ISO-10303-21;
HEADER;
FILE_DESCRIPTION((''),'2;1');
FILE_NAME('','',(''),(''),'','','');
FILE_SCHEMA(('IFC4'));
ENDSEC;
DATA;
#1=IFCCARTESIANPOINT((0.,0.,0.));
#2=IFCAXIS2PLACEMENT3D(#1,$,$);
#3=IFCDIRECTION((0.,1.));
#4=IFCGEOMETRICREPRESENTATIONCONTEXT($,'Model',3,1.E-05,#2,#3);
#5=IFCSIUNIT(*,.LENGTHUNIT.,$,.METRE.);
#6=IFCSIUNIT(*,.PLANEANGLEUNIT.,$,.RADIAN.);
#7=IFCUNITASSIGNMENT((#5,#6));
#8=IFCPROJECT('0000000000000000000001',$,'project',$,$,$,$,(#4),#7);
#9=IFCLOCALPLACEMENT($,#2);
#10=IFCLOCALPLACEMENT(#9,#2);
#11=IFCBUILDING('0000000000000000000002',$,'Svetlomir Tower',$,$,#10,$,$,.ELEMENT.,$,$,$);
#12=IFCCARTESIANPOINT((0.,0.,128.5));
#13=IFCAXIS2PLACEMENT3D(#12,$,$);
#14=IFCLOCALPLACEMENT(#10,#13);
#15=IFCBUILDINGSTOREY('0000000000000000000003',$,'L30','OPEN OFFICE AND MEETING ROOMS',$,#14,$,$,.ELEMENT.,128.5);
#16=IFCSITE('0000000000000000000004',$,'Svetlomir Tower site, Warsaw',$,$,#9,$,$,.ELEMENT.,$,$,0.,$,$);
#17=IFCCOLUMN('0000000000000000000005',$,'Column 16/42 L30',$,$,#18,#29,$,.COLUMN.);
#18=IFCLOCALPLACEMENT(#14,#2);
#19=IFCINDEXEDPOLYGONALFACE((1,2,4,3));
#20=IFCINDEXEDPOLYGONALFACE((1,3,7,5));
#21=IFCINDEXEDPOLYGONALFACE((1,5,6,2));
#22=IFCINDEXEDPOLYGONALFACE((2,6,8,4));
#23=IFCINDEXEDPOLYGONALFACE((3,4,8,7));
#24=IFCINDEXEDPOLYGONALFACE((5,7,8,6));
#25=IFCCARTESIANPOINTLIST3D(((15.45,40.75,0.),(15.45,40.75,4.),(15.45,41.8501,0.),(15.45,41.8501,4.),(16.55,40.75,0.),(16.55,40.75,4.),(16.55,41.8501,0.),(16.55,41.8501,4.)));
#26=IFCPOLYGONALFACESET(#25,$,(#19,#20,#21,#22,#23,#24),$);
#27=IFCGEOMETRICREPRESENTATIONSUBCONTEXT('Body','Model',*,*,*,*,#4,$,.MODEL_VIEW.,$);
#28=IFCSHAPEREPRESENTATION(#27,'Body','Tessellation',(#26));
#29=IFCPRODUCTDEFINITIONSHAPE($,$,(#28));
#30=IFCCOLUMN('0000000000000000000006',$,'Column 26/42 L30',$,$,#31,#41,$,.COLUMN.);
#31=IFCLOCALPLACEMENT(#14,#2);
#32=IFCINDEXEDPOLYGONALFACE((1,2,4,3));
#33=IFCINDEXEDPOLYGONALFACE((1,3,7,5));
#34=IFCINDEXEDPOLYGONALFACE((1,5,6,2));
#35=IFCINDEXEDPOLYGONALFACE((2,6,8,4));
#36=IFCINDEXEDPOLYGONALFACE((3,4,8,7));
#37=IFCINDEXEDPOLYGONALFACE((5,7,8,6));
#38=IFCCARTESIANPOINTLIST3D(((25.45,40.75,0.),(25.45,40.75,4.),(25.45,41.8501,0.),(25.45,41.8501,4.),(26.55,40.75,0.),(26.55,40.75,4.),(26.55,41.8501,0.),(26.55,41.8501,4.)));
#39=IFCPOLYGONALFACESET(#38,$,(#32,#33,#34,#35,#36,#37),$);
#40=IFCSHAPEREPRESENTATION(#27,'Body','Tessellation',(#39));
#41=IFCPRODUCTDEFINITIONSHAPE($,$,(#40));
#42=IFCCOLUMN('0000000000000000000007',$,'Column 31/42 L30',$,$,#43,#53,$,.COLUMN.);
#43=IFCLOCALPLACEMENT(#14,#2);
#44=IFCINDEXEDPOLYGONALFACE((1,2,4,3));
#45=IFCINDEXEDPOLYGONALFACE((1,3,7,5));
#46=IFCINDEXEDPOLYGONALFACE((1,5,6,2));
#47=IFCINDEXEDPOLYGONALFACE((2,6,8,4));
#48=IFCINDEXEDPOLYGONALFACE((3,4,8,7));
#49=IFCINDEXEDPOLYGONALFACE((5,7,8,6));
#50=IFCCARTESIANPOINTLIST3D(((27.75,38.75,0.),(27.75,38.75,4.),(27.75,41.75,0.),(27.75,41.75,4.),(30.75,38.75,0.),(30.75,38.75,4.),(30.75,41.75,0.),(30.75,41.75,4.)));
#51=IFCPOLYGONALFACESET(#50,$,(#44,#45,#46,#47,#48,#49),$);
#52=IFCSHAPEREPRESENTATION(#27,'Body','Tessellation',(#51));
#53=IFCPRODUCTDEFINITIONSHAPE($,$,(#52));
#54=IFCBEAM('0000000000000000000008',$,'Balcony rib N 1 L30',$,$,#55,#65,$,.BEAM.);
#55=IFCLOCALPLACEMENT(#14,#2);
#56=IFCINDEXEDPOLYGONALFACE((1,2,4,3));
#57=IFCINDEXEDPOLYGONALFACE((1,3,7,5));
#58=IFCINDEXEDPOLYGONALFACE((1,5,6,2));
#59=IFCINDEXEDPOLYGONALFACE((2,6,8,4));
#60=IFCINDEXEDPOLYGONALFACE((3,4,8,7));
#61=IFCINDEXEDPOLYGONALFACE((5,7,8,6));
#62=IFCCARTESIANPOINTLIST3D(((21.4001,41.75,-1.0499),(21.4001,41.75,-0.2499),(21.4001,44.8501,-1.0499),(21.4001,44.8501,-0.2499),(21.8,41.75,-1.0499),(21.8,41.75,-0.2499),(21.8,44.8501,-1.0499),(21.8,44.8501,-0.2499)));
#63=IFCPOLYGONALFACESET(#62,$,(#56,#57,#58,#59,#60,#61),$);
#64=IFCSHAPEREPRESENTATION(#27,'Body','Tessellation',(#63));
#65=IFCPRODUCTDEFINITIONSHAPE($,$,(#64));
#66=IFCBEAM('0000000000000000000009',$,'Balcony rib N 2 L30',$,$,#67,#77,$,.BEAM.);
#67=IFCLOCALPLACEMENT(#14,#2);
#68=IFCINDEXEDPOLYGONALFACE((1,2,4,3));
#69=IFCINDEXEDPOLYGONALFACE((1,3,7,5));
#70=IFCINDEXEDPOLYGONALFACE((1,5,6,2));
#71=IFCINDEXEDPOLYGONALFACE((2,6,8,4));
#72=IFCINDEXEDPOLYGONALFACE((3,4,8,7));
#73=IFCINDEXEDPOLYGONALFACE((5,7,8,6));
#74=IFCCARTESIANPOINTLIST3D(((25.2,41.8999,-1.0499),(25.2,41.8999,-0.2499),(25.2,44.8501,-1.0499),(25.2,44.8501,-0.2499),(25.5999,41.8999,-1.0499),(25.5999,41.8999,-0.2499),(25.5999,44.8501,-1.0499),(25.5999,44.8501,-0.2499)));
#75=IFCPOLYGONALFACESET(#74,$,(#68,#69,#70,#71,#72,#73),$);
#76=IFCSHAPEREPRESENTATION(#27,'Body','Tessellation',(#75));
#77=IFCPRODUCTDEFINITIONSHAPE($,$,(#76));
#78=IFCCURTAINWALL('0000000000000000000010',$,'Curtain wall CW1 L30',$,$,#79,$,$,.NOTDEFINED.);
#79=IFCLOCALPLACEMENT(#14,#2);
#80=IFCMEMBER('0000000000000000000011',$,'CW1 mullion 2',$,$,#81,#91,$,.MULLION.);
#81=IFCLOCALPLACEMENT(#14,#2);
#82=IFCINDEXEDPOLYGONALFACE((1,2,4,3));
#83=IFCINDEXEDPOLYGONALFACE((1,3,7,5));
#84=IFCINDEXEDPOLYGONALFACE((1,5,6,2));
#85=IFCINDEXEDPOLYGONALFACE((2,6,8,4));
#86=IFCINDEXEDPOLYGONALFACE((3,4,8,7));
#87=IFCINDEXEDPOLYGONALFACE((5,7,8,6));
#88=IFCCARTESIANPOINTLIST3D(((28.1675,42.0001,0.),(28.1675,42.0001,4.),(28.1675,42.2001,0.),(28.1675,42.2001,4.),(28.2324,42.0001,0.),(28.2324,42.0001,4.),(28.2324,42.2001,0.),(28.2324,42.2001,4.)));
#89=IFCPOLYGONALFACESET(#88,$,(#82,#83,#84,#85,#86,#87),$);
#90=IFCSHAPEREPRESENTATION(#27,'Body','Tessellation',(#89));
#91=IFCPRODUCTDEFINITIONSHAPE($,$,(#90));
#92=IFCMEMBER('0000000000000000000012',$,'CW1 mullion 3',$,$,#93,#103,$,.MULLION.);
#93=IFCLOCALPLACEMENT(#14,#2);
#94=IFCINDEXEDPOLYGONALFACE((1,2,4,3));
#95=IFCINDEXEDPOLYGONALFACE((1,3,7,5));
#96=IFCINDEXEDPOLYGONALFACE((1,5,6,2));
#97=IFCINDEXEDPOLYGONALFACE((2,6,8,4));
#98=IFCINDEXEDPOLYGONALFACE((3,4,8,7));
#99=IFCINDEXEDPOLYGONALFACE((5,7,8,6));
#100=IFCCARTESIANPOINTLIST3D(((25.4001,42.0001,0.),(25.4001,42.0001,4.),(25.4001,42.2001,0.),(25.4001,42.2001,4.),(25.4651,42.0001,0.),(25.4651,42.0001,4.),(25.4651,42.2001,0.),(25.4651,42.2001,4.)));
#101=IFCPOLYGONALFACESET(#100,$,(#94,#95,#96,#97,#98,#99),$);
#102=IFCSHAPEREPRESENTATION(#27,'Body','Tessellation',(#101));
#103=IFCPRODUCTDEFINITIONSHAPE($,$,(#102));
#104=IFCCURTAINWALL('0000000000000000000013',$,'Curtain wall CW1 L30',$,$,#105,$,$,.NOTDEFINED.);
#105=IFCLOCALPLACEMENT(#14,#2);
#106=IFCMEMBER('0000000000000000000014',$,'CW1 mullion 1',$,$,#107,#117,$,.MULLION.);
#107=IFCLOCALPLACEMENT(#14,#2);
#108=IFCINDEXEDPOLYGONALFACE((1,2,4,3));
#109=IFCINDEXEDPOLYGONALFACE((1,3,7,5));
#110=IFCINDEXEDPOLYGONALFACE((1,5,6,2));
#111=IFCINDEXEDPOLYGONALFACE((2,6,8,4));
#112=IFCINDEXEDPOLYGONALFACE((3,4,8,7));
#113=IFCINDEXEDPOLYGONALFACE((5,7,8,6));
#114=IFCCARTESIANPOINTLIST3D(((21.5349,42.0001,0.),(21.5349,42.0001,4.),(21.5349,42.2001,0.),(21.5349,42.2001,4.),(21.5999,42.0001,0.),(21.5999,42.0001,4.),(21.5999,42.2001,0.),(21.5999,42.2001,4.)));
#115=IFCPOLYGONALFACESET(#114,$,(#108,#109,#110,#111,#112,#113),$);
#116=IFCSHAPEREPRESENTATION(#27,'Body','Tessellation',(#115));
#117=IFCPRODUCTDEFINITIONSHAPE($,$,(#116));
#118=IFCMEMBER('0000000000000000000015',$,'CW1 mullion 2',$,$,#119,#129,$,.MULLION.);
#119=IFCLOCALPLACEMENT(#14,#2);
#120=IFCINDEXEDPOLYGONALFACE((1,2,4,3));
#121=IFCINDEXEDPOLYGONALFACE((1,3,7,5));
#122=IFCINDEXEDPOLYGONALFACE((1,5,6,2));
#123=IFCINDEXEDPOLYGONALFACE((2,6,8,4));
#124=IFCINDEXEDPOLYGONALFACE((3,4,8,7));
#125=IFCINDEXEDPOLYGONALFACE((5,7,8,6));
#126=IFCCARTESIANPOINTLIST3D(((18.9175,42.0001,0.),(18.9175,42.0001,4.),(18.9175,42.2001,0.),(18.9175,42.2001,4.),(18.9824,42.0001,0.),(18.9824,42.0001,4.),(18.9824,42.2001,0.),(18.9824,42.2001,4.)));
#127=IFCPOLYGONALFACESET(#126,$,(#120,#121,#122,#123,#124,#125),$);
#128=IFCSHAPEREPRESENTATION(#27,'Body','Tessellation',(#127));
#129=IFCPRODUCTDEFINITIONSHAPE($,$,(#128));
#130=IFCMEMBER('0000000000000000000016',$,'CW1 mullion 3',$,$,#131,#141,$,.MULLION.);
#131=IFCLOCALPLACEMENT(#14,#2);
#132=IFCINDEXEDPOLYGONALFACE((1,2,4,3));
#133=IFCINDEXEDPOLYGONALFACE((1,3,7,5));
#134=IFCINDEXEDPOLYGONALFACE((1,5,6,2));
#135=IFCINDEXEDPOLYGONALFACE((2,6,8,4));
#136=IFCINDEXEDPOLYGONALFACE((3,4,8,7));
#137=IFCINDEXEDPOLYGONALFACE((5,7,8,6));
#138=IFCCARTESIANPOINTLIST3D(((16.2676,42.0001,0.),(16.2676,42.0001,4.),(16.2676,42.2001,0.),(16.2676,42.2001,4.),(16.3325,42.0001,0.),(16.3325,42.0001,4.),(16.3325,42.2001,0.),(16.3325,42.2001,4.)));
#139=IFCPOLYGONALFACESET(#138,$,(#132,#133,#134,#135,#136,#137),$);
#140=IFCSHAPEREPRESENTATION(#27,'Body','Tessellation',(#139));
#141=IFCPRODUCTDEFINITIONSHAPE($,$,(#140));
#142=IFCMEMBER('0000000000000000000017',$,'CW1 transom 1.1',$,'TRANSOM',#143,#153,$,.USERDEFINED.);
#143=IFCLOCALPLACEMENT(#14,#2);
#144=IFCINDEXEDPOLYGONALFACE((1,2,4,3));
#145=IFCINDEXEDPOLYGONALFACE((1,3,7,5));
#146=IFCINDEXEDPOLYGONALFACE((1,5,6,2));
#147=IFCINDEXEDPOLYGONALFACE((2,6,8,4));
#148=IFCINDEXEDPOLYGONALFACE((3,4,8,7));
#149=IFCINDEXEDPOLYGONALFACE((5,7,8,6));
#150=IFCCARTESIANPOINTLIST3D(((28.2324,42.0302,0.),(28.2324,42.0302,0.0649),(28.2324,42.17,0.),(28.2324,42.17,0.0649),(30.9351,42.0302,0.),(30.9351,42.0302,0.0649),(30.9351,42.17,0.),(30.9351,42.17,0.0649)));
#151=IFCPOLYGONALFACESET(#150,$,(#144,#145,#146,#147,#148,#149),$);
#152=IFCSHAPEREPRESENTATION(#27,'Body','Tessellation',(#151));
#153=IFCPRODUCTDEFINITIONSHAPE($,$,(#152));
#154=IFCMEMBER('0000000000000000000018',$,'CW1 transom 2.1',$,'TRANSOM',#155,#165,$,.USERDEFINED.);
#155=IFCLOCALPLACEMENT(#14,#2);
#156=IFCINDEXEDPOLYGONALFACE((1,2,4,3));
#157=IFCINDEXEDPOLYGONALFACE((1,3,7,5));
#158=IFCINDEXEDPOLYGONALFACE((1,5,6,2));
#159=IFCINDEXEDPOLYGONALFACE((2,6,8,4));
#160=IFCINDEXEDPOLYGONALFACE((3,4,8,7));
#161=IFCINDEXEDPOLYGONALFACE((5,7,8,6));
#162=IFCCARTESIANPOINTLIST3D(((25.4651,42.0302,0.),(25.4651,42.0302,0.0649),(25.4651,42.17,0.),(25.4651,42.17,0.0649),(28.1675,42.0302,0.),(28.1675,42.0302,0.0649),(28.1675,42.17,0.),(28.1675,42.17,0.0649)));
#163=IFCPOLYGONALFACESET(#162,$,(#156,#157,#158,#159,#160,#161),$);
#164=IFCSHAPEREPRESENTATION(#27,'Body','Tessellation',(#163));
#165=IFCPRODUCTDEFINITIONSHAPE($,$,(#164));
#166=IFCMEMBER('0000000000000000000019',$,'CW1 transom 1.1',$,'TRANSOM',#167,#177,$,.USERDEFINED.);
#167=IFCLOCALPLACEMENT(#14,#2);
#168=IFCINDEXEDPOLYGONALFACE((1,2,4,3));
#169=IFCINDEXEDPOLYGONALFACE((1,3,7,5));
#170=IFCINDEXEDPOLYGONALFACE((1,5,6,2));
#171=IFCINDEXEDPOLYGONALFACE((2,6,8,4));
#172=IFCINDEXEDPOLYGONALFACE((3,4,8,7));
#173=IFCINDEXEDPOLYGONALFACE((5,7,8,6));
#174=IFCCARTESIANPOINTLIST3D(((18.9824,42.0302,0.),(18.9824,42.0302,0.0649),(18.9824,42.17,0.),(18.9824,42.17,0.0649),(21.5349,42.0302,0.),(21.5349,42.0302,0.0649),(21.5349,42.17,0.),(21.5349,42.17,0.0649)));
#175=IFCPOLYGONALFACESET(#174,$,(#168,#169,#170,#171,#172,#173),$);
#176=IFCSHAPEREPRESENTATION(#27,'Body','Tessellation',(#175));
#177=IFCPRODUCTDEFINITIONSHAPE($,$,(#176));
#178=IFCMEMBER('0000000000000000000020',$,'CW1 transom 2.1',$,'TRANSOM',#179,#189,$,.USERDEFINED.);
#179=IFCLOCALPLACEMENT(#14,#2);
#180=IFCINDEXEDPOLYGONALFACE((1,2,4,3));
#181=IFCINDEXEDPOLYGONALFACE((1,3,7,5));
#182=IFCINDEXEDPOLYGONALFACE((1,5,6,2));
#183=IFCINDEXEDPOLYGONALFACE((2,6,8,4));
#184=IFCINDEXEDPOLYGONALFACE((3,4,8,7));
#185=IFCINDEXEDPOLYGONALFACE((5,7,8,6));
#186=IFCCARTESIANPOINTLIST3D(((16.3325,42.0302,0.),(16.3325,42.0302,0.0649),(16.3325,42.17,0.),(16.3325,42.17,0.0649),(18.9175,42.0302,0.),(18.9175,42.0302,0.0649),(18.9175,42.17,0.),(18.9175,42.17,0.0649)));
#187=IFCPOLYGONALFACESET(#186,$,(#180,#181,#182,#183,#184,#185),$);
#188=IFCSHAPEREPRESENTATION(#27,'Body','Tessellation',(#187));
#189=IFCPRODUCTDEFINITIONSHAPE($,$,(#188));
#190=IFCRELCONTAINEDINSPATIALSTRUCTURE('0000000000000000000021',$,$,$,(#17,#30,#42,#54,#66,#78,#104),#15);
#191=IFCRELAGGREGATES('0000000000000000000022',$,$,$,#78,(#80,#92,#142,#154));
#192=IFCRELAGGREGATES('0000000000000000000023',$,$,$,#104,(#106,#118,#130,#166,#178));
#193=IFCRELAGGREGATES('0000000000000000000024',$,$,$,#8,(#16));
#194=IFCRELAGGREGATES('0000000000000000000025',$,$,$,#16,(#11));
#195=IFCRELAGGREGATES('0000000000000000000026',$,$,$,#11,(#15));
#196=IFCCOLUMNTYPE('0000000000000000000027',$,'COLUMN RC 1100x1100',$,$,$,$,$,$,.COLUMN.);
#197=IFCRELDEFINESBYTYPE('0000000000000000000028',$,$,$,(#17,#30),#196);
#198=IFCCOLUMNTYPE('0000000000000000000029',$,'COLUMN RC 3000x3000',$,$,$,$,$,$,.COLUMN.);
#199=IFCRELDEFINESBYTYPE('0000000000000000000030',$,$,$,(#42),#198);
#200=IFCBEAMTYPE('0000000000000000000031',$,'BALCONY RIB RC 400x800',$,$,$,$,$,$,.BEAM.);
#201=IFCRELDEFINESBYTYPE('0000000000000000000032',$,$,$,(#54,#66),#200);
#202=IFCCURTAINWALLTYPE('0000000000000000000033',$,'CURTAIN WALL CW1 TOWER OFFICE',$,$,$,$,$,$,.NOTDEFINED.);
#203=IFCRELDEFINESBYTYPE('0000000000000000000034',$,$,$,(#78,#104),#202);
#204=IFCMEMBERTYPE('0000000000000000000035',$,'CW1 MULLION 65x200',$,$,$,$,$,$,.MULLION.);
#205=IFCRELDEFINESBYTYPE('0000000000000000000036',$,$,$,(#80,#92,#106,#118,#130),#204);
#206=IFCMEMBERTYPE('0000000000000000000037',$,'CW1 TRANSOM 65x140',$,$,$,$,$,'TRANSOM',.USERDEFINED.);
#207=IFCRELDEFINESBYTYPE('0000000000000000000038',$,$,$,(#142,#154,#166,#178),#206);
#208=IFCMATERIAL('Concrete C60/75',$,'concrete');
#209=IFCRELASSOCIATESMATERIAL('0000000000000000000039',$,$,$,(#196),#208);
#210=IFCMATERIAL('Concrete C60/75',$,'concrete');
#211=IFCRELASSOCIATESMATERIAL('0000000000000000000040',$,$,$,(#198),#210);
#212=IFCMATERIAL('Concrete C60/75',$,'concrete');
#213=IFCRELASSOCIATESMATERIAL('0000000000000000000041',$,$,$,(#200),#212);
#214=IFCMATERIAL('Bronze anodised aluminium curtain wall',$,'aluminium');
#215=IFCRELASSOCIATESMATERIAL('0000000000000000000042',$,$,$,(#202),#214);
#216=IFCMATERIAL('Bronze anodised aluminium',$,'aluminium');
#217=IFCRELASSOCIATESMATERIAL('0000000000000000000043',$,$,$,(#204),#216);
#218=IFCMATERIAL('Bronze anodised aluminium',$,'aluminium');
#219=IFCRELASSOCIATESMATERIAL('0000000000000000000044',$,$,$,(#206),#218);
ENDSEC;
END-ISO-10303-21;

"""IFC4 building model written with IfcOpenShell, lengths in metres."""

from ifc_helpers import new_model, si_unit, direction, frame, origin, origin_2d, place, context, subcontext, project, spatial, rectangle, extrude, material, material_profile, profile_set, type_object, element, aggregate, save


model = new_model("IFC4")

# Units and contexts
model_context = context("Model", 3, precision=1e-05, world=origin(), true_north=direction((0.0, 1.0)))
body_context = subcontext(model_context, "Body", "Model", "MODEL_VIEW")
ifc_project = project(units=[si_unit("LENGTHUNIT", "METRE"), si_unit("PLANEANGLEUNIT", "RADIAN")], contexts=[model_context])

# Site, building, storey
site_placement = place(None, origin())
site = spatial("IfcSite", under=ifc_project, at=site_placement, Name="Svetlomir Tower site, Warsaw", CompositionType="ELEMENT", RefElevation=0.0)
building_placement = place(site_placement, origin())
building = spatial("IfcBuilding", under=site, at=building_placement, Name="Svetlomir Tower", CompositionType="ELEMENT")
storey_placement = place(building_placement, frame((0.0, 0.0, 128.5)))
storey = spatial("IfcBuildingStorey", under=building, at=storey_placement, Name="L30", Description="OPEN OFFICE AND MEETING ROOMS", CompositionType="ELEMENT", Elevation=128.5)

# Columns
ifc_material_1 = material(Name="Concrete C60/75", Category="concrete")
ifc_material_profile_1 = material_profile(ifc_material_1, rectangle(XDim=1.1001, YDim=1.1001, at=origin_2d()), Name="RC 1100x1100")
ifc_profile_set_1 = profile_set([ifc_material_profile_1], Name="Concrete C60/75")
column_type_1 = type_object("IfcColumnType", Name="COLUMN RC 1100x1100", PredefinedType="COLUMN", material=ifc_profile_set_1)
for number, where, z_axis, x_axis, name in (
    (1, (16.0, 41.3, 0.0), (0.0, 0.0, 1.0), (1.0, 0.0, 0.0), "Column 16/42 L30"),
    (2, (26.0, 41.3, 0.0), (0.0, 0.0, 1.0), (1.0, 0.0, 0.0), "Column 26/42 L30"),
):
    element("IfcColumn", number, at=place(storey_placement, frame(where, z_axis=z_axis, x_axis=x_axis)), inside=storey, type_object=column_type_1, Name=name, PredefinedType="COLUMN", context=body_context, shape_type="SweptSolid", body=[
        extrude(rectangle(XDim=1.1001, YDim=1.1001, at=origin_2d()), origin(), (0.0, 0.0, 1.0), 4.0),
    ])
ifc_material_2 = material(Name="Concrete C60/75", Category="concrete")
ifc_material_profile_2 = material_profile(ifc_material_2, rectangle(XDim=3.0, YDim=3.0, at=origin_2d()), Name="RC 3000x3000")
ifc_profile_set_2 = profile_set([ifc_material_profile_2], Name="Concrete C60/75")
column_type_2 = type_object("IfcColumnType", Name="COLUMN RC 3000x3000", PredefinedType="COLUMN", material=ifc_profile_set_2)
column_placement = place(storey_placement, frame((29.25, 40.25, 0.0), z_axis=(0.0, 0.0, 1.0), x_axis=(1.0, 0.0, 0.0)))
element("IfcColumn", 3, at=column_placement, inside=storey, type_object=column_type_2, Name="Column 31/42 L30", PredefinedType="COLUMN", context=body_context, shape_type="SweptSolid", body=[
    extrude(rectangle(XDim=3.0, YDim=3.0, at=origin_2d()), origin(), (0.0, 0.0, 1.0), 4.0),
])

# Beams
ifc_material_3 = material(Name="Concrete C60/75", Category="concrete")
ifc_material_profile_3 = material_profile(ifc_material_3, rectangle(XDim=0.3999, YDim=0.8, at=origin_2d()), Name="RC 400x800")
ifc_profile_set_3 = profile_set([ifc_material_profile_3], Name="Concrete C60/75")
beam_type_1 = type_object("IfcBeamType", Name="BALCONY RIB RC 400x800", PredefinedType="BEAM", material=ifc_profile_set_3)
beam_1_placement = place(storey_placement, frame((21.6001, 41.75, -0.6499), z_axis=(0.0, 1.0, 0.0), x_axis=(-1.0, 0.0, 0.0)))
element("IfcBeam", 4, at=beam_1_placement, inside=storey, type_object=beam_type_1, Name="Balcony rib N 1 L30", PredefinedType="BEAM", context=body_context, shape_type="SweptSolid", body=[
    extrude(rectangle(XDim=0.3999, YDim=0.8, at=origin_2d()), origin(), (0.0, 0.0, 1.0), 3.1001),
])
beam_2_placement = place(storey_placement, frame((25.3999, 41.8999, -0.6499), z_axis=(0.0, 1.0, 0.0), x_axis=(-1.0, 0.0, 0.0)))
element("IfcBeam", 5, at=beam_2_placement, inside=storey, type_object=beam_type_1, Name="Balcony rib N 2 L30", PredefinedType="BEAM", context=body_context, shape_type="SweptSolid", body=[
    extrude(rectangle(XDim=0.3999, YDim=0.8, at=origin_2d()), origin(), (0.0, 0.0, 1.0), 2.9502),
])

# Curtain walls, members
ifc_material_4 = material(Name="Bronze anodised aluminium curtain wall", Category="aluminium")
curtain_wall_type = type_object("IfcCurtainWallType", Name="CURTAIN WALL CW1 TOWER OFFICE", PredefinedType="NOTDEFINED", material=ifc_material_4)
curtain_wall_1_placement = place(storey_placement, origin())
curtain_wall_1 = element("IfcCurtainWall", 6, at=curtain_wall_1_placement, inside=storey, type_object=curtain_wall_type, Name="Curtain wall CW1 L30", PredefinedType="NOTDEFINED")
ifc_material_5 = material(Name="Bronze anodised aluminium", Category="aluminium")
ifc_material_profile_4 = material_profile(ifc_material_5, rectangle(XDim=0.0649, YDim=0.2, at=origin_2d()), Name="AL 65x200")
ifc_profile_set_4 = profile_set([ifc_material_profile_4], Name="Bronze anodised aluminium 6063-T6")
member_type_1 = type_object("IfcMemberType", Name="CW1 MULLION 65x200", PredefinedType="MULLION", material=ifc_profile_set_4)
member_1_placement = place(storey_placement, frame((28.2, 42.1001, 0.0), z_axis=(0.0, 0.0, 1.0), x_axis=(-1.0, 0.0, 0.0)))
member_1 = element("IfcMember", 7, at=member_1_placement, type_object=member_type_1, Name="CW1 mullion 2", PredefinedType="MULLION", context=body_context, shape_type="SweptSolid", body=[
    extrude(rectangle(XDim=0.0649, YDim=0.2, at=origin_2d()), origin(), (0.0, 0.0, 1.0), 4.0),
])
member_2_placement = place(storey_placement, frame((25.4326, 42.1001, 0.0), z_axis=(0.0, 0.0, 1.0), x_axis=(-1.0, 0.0, 0.0)))
member_2 = element("IfcMember", 8, at=member_2_placement, type_object=member_type_1, Name="CW1 mullion 3", PredefinedType="MULLION", context=body_context, shape_type="SweptSolid", body=[
    extrude(rectangle(XDim=0.0649, YDim=0.2, at=origin_2d()), origin(), (0.0, 0.0, 1.0), 4.0),
])
curtain_wall_2_placement = place(storey_placement, origin())
curtain_wall_2 = element("IfcCurtainWall", 9, at=curtain_wall_2_placement, inside=storey, type_object=curtain_wall_type, Name="Curtain wall CW1 L30", PredefinedType="NOTDEFINED")
member_3_placement = place(storey_placement, frame((21.5674, 42.1001, 0.0), z_axis=(0.0, 0.0, 1.0), x_axis=(-1.0, 0.0, 0.0)))
member_3 = element("IfcMember", 10, at=member_3_placement, type_object=member_type_1, Name="CW1 mullion 1", PredefinedType="MULLION", context=body_context, shape_type="SweptSolid", body=[
    extrude(rectangle(XDim=0.0649, YDim=0.2, at=origin_2d()), origin(), (0.0, 0.0, 1.0), 4.0),
])
member_4_placement = place(storey_placement, frame((18.95, 42.1001, 0.0), z_axis=(0.0, 0.0, 1.0), x_axis=(-1.0, 0.0, 0.0)))
member_4 = element("IfcMember", 11, at=member_4_placement, type_object=member_type_1, Name="CW1 mullion 2", PredefinedType="MULLION", context=body_context, shape_type="SweptSolid", body=[
    extrude(rectangle(XDim=0.0649, YDim=0.2, at=origin_2d()), origin(), (0.0, 0.0, 1.0), 4.0),
])
member_5_placement = place(storey_placement, frame((16.3, 42.1001, 0.0), z_axis=(0.0, 0.0, 1.0), x_axis=(-1.0, 0.0, 0.0)))
member_5 = element("IfcMember", 12, at=member_5_placement, type_object=member_type_1, Name="CW1 mullion 3", PredefinedType="MULLION", context=body_context, shape_type="SweptSolid", body=[
    extrude(rectangle(XDim=0.0649, YDim=0.2, at=origin_2d()), origin(), (0.0, 0.0, 1.0), 4.0),
])

# Members
ifc_material_6 = material(Name="Bronze anodised aluminium", Category="aluminium")
ifc_material_profile_5 = material_profile(ifc_material_6, rectangle(XDim=0.1399, YDim=0.0649, at=origin_2d()), Name="AL 140x65")
ifc_profile_set_5 = profile_set([ifc_material_profile_5], Name="Bronze anodised aluminium 6063-T6")
member_type_2 = type_object("IfcMemberType", Name="CW1 TRANSOM 65x140", ElementType="TRANSOM", PredefinedType="USERDEFINED", material=ifc_profile_set_5)
member_6_placement = place(storey_placement, frame((30.9351, 42.1001, 0.0325), z_axis=(-1.0, 0.0, 0.0), x_axis=(0.0, -1.0, 0.0)))
member_6 = element("IfcMember", 13, at=member_6_placement, type_object=member_type_2, Name="CW1 transom 1.1", ObjectType="TRANSOM", PredefinedType="USERDEFINED", context=body_context, shape_type="SweptSolid", body=[
    extrude(rectangle(XDim=0.1399, YDim=0.0649, at=origin_2d()), origin(), (0.0, 0.0, 1.0), 2.7026),
])
member_7_placement = place(storey_placement, frame((28.1675, 42.1001, 0.0325), z_axis=(-1.0, 0.0, 0.0), x_axis=(0.0, -1.0, 0.0)))
member_7 = element("IfcMember", 14, at=member_7_placement, type_object=member_type_2, Name="CW1 transom 2.1", ObjectType="TRANSOM", PredefinedType="USERDEFINED", context=body_context, shape_type="SweptSolid", body=[
    extrude(rectangle(XDim=0.1399, YDim=0.0649, at=origin_2d()), origin(), (0.0, 0.0, 1.0), 2.7024),
])
member_8_placement = place(storey_placement, frame((21.5349, 42.1001, 0.0325), z_axis=(-1.0, 0.0, 0.0), x_axis=(0.0, -1.0, 0.0)))
member_8 = element("IfcMember", 15, at=member_8_placement, type_object=member_type_2, Name="CW1 transom 1.1", ObjectType="TRANSOM", PredefinedType="USERDEFINED", context=body_context, shape_type="SweptSolid", body=[
    extrude(rectangle(XDim=0.1399, YDim=0.0649, at=origin_2d()), origin(), (0.0, 0.0, 1.0), 2.5525),
])
member_9_placement = place(storey_placement, frame((18.9175, 42.1001, 0.0325), z_axis=(-1.0, 0.0, 0.0), x_axis=(0.0, -1.0, 0.0)))
member_9 = element("IfcMember", 16, at=member_9_placement, type_object=member_type_2, Name="CW1 transom 2.1", ObjectType="TRANSOM", PredefinedType="USERDEFINED", context=body_context, shape_type="SweptSolid", body=[
    extrude(rectangle(XDim=0.1399, YDim=0.0649, at=origin_2d()), origin(), (0.0, 0.0, 1.0), 2.585),
])

aggregate(curtain_wall_1, [member_1, member_2, member_6, member_7])
aggregate(curtain_wall_2, [member_3, member_4, member_5, member_8, member_9])

save(model, "model.ifc")
